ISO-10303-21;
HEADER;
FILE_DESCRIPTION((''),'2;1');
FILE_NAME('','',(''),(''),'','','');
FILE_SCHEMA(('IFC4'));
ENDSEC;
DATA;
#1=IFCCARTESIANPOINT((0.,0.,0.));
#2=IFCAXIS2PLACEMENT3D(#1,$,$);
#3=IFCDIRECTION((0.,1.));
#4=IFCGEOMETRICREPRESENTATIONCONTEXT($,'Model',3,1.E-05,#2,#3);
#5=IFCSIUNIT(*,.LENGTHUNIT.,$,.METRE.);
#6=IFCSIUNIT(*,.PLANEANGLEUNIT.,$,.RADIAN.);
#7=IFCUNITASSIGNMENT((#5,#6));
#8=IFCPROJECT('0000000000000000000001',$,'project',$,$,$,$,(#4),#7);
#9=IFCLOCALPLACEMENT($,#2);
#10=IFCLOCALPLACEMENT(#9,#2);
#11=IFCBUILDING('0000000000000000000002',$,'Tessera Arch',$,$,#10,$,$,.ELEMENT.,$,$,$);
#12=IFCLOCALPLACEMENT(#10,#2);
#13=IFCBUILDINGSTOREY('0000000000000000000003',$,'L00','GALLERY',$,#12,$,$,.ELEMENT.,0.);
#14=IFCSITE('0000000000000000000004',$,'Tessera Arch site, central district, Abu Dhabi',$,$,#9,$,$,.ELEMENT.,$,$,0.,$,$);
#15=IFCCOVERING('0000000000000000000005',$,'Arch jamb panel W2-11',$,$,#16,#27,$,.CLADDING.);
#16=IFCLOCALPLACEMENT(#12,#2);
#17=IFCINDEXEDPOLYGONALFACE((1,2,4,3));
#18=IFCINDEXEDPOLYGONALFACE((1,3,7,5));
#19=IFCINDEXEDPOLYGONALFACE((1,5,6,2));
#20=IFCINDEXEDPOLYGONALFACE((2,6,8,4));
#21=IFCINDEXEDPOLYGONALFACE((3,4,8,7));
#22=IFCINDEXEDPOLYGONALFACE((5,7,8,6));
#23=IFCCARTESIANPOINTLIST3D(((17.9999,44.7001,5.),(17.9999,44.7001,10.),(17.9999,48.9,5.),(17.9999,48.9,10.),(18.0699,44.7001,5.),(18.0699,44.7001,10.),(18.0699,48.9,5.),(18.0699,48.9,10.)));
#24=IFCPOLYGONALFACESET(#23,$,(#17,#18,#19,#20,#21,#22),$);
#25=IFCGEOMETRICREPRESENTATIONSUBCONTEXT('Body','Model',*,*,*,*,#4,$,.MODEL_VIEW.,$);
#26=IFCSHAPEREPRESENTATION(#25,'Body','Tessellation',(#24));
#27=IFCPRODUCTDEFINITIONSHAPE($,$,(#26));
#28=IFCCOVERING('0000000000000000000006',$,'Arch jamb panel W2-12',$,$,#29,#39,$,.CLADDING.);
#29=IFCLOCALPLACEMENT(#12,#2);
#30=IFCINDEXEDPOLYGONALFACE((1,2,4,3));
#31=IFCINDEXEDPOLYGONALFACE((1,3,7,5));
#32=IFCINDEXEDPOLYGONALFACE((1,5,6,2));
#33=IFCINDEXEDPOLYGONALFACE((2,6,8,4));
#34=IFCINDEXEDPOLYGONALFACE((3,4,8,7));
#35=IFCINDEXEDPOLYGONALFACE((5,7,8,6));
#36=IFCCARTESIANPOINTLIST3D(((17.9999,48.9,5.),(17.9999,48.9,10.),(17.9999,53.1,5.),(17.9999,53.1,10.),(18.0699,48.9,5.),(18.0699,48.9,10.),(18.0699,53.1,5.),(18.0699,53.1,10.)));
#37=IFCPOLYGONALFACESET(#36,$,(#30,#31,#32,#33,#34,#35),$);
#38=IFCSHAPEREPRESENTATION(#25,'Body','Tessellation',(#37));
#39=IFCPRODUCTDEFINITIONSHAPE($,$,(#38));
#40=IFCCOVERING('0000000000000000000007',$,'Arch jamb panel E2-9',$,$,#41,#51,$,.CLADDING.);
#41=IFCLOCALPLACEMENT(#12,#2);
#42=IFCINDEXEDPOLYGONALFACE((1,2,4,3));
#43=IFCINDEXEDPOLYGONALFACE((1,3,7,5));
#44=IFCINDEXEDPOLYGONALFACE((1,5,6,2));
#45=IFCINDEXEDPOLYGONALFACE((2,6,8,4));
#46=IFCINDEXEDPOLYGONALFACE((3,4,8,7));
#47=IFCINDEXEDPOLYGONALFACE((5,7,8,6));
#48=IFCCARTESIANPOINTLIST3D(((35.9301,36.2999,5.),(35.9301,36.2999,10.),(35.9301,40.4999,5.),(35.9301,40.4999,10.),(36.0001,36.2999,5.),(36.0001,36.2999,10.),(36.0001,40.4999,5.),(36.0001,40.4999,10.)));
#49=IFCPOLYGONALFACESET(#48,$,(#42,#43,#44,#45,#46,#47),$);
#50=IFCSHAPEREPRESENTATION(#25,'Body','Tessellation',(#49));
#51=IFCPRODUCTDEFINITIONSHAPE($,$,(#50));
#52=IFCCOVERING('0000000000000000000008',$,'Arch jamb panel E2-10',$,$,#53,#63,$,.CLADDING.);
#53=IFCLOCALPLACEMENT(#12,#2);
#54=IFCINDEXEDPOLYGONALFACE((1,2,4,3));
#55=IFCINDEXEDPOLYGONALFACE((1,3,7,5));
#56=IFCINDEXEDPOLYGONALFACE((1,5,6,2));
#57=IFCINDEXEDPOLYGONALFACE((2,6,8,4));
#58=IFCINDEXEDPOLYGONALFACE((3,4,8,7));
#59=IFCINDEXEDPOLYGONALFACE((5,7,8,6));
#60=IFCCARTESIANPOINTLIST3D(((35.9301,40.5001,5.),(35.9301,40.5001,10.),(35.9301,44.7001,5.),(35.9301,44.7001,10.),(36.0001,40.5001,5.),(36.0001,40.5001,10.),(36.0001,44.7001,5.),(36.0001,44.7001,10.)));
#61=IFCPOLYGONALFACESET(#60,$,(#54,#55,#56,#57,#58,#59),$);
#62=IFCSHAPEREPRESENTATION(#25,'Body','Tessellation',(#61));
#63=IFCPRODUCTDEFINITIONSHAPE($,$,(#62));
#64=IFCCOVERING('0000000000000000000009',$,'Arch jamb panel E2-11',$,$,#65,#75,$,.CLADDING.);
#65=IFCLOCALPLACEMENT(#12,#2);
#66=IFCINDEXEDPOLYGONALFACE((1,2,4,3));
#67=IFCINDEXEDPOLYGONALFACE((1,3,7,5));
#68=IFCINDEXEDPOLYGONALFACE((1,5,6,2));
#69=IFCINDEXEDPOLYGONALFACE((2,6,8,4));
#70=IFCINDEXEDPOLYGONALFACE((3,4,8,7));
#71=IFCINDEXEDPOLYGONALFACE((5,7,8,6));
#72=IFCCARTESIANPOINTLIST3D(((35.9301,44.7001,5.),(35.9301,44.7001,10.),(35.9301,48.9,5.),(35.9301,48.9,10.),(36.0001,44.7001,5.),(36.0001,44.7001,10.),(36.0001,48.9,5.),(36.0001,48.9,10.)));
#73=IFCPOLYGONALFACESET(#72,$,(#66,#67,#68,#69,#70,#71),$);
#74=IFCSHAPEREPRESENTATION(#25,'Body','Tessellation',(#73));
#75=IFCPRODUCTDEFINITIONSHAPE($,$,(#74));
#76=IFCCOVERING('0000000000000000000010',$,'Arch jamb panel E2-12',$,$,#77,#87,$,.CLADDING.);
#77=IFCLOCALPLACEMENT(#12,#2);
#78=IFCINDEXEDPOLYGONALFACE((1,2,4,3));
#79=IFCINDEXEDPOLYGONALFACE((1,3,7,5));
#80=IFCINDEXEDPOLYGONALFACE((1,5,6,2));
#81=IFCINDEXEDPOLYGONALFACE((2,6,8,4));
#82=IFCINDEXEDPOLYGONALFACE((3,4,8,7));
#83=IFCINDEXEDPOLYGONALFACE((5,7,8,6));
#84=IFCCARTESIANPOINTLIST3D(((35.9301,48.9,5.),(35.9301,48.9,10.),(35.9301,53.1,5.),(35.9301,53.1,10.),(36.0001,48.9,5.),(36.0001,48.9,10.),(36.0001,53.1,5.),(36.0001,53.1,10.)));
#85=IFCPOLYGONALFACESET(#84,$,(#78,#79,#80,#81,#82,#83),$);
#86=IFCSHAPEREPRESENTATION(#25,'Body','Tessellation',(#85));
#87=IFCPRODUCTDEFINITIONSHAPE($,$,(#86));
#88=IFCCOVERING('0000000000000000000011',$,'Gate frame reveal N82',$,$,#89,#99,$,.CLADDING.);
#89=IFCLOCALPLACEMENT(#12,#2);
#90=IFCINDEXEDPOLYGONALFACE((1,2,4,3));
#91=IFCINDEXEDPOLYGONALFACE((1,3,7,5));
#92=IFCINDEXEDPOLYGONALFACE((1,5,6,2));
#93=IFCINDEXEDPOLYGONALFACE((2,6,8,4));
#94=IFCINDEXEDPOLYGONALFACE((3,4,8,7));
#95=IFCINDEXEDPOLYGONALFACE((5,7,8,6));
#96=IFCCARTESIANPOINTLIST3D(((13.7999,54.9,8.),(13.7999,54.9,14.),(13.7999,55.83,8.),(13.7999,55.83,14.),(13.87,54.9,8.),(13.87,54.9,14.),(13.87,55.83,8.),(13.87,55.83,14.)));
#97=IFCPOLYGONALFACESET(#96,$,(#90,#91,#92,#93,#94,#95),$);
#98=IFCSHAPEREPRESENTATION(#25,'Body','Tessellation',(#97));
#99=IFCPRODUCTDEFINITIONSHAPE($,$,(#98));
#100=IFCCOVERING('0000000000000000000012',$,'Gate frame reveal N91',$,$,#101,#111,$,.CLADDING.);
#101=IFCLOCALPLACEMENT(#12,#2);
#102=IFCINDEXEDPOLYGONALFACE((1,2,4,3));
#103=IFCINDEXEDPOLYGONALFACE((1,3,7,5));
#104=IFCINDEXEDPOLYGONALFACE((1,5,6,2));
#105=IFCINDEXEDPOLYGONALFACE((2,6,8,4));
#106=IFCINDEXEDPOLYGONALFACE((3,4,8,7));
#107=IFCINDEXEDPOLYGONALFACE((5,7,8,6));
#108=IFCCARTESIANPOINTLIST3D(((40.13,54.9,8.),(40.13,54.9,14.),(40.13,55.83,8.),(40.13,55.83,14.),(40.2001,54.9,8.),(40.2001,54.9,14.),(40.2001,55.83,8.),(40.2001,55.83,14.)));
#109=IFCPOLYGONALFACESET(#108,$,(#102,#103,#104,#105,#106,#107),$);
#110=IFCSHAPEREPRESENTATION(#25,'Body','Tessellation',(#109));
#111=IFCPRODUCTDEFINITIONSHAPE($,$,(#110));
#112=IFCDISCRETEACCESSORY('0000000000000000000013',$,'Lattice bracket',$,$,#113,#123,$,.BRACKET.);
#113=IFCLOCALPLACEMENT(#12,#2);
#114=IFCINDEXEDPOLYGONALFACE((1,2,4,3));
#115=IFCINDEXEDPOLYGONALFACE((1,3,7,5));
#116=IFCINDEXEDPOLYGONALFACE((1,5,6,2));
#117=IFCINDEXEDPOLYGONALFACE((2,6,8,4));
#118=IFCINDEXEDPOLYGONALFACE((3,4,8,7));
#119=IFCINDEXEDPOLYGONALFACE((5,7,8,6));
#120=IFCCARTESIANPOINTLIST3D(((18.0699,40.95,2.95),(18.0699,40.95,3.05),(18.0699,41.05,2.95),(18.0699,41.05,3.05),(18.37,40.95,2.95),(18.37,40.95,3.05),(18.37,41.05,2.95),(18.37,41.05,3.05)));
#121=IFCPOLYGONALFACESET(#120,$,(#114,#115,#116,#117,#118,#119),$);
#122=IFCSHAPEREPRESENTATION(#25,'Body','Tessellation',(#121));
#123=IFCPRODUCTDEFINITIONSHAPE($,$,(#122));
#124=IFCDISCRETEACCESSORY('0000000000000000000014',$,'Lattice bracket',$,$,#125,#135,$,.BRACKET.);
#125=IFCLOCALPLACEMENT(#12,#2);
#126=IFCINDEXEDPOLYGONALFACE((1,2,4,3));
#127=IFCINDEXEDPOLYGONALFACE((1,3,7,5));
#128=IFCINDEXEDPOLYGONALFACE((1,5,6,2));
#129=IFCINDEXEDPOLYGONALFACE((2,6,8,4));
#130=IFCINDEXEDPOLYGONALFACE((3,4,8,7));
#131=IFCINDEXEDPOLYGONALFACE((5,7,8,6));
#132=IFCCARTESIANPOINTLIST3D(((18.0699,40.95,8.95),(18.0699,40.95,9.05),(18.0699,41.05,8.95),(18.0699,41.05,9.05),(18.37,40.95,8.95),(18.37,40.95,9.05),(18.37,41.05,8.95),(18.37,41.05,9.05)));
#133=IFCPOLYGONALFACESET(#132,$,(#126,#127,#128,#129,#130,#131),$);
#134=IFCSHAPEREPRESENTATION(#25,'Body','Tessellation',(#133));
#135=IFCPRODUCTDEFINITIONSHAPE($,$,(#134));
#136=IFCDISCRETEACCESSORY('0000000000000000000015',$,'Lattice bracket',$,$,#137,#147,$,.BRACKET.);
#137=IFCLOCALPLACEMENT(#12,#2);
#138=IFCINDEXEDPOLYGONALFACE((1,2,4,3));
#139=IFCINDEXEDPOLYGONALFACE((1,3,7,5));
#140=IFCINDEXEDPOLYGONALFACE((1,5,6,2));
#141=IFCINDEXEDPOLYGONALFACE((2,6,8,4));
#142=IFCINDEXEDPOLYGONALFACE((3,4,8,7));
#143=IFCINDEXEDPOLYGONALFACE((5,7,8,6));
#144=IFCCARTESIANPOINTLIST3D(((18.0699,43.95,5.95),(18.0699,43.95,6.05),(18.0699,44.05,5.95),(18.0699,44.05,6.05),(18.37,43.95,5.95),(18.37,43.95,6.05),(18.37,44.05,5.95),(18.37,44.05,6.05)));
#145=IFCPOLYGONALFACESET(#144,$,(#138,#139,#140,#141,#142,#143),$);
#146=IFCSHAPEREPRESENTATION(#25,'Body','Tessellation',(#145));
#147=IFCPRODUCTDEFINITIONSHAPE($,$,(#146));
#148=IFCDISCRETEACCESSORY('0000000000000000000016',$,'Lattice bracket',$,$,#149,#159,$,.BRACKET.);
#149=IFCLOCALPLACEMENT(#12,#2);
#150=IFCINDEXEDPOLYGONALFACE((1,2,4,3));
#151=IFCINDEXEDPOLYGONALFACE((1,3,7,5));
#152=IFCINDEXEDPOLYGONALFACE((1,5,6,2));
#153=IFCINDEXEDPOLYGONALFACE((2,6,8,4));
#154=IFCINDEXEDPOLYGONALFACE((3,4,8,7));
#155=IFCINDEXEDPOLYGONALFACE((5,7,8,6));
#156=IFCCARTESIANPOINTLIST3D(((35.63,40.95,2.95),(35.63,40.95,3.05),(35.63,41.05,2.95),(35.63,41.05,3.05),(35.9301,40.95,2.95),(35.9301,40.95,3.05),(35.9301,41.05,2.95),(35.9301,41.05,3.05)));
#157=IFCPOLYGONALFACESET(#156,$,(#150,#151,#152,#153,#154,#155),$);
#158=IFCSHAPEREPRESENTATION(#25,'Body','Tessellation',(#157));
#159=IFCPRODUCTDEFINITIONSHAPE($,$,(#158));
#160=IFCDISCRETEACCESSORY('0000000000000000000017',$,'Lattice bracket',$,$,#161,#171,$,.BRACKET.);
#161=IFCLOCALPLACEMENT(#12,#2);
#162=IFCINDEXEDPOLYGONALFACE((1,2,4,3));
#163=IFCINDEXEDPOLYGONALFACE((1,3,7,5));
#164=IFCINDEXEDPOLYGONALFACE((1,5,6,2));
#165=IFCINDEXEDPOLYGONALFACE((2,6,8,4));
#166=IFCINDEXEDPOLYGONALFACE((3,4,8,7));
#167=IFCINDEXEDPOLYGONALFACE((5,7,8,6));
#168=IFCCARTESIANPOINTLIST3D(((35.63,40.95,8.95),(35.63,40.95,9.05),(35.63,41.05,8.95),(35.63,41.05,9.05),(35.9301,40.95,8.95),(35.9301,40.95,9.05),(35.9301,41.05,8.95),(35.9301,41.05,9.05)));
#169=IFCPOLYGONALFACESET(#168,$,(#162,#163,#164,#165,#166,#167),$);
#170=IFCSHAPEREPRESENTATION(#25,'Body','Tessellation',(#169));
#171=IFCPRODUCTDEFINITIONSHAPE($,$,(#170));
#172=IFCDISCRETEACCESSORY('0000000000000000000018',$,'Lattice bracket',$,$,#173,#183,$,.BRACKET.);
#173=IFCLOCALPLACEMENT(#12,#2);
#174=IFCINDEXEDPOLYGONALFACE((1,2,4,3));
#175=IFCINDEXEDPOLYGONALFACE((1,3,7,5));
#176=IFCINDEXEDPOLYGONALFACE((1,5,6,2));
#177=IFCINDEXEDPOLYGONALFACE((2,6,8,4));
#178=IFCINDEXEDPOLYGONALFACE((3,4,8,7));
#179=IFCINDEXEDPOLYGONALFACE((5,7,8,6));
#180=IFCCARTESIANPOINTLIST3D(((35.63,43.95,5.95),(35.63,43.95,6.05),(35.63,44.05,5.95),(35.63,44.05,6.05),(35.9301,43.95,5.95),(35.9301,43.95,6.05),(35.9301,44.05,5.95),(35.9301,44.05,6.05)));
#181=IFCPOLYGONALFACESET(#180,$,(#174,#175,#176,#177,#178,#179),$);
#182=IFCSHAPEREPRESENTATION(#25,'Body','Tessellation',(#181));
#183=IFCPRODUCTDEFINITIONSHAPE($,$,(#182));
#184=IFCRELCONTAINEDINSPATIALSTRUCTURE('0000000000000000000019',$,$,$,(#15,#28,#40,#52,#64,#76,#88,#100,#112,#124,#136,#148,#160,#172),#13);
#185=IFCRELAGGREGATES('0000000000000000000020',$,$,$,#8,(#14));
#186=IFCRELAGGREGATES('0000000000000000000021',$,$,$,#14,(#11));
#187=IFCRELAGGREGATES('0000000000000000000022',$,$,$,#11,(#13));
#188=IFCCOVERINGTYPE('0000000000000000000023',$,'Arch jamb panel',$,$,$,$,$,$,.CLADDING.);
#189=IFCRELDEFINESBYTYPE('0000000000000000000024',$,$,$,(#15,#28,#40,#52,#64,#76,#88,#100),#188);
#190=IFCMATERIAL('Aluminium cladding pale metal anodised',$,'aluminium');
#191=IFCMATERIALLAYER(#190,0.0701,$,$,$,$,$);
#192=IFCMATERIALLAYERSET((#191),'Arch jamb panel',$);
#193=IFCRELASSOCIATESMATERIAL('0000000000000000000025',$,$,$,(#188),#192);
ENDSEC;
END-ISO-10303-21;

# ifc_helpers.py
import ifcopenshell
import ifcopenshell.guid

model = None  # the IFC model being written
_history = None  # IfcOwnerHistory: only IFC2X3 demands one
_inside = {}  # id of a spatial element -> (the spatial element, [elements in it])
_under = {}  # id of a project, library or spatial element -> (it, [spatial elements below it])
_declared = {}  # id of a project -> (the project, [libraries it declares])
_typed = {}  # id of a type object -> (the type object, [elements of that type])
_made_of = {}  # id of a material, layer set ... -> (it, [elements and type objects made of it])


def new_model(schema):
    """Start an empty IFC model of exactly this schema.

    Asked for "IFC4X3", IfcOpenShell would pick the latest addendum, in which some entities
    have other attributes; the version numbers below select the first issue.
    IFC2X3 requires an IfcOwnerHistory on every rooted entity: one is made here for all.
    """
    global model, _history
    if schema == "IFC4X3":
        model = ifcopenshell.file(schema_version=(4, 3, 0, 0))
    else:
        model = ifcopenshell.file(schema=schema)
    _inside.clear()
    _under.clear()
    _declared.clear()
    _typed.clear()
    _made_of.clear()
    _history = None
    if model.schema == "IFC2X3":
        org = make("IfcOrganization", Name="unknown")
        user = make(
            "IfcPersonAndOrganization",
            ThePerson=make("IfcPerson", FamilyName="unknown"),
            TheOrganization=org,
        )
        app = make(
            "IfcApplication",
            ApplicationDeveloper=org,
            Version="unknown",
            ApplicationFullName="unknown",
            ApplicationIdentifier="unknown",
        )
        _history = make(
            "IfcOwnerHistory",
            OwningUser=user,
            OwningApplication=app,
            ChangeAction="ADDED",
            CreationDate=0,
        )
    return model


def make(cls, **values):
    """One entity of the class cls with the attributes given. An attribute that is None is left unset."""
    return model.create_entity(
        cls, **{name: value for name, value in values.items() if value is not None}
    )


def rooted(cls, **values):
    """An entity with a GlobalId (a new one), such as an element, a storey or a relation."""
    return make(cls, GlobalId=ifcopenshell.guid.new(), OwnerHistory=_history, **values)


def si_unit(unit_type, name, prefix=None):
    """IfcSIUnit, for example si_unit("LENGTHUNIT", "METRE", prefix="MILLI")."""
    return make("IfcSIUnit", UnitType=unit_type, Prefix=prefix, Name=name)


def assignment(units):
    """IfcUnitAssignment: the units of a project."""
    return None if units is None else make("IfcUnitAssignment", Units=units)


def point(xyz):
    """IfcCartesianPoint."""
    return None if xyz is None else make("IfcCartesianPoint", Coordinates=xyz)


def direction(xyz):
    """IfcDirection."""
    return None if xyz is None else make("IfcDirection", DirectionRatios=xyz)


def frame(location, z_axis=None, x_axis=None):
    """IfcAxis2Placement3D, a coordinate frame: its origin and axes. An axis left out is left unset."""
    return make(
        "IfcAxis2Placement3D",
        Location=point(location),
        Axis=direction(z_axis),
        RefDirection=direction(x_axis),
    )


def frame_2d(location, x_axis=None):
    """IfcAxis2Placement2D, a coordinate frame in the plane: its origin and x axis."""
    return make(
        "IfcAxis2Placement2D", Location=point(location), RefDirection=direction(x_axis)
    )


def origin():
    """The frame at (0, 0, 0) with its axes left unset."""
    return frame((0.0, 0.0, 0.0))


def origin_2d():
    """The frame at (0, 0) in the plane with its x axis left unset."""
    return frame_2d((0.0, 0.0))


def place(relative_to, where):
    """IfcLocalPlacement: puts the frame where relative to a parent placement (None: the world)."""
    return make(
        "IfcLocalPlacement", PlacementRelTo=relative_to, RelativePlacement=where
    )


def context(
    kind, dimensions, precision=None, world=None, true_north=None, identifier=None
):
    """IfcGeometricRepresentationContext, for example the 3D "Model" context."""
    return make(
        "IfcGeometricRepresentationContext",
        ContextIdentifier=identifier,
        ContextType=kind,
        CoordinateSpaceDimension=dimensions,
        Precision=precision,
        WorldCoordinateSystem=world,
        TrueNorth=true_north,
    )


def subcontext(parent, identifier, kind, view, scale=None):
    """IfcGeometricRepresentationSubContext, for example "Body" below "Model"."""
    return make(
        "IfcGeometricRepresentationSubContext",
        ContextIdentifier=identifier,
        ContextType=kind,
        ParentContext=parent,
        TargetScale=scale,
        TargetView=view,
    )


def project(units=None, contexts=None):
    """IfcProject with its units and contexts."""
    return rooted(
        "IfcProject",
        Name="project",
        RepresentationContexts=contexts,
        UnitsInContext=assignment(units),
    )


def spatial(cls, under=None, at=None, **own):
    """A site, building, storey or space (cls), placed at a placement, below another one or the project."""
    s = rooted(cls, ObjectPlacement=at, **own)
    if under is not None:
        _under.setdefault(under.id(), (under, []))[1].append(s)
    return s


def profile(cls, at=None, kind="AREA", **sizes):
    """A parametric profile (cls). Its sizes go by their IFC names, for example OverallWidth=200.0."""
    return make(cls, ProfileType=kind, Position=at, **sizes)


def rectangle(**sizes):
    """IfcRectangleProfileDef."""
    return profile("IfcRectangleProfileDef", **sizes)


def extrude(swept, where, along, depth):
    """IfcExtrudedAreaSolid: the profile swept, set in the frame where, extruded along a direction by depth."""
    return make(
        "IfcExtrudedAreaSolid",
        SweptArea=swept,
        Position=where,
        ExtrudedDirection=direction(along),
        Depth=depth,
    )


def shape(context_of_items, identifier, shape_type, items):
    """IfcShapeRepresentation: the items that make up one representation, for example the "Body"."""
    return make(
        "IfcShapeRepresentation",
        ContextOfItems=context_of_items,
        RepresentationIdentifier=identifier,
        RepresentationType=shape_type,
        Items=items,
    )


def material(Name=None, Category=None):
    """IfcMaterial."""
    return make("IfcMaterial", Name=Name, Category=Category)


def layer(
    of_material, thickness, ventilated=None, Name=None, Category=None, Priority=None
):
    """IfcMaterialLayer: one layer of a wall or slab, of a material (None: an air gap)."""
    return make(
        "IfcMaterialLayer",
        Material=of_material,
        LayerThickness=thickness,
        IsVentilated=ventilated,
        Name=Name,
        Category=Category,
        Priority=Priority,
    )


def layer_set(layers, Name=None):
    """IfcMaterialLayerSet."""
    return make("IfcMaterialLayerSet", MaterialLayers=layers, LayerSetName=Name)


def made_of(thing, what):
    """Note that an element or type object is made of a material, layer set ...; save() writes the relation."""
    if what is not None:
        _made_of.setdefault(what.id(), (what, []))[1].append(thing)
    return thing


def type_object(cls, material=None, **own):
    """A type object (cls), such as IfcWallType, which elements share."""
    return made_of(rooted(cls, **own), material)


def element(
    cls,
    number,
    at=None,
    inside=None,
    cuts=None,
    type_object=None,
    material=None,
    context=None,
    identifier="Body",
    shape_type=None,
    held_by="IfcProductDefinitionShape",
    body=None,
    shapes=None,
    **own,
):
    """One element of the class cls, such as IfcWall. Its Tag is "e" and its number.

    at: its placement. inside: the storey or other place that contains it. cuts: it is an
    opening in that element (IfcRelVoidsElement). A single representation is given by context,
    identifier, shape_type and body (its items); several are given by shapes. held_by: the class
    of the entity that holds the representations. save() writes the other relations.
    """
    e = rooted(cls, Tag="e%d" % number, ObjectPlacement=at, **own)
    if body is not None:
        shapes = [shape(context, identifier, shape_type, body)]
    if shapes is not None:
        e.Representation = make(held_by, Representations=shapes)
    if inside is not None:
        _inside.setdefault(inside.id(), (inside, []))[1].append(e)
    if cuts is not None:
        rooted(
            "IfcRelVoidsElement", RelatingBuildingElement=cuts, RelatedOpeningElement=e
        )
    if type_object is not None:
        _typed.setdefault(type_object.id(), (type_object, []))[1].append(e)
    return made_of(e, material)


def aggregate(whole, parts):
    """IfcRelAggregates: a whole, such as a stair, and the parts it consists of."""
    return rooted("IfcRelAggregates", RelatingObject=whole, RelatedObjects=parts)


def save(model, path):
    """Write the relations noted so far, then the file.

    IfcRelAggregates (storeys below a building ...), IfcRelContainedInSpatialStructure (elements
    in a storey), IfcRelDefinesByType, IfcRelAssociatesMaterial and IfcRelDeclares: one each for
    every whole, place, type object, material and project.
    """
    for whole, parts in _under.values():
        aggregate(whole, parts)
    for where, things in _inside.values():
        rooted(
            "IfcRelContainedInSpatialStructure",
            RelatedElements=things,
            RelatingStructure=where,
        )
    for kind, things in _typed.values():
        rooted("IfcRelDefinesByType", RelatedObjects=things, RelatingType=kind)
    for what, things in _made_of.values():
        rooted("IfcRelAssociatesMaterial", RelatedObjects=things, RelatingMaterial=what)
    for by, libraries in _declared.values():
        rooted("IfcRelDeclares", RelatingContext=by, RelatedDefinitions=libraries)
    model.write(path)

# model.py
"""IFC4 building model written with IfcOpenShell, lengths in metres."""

from ifc_helpers import new_model, si_unit, direction, frame, origin, origin_2d, place, context, subcontext, project, spatial, rectangle, extrude, material, layer, layer_set, type_object, element, save


model = new_model("IFC4")

# Units and contexts
model_context = context("Model", 3, precision=1e-05, world=origin(), true_north=direction((0.0, 1.0)))
body_context = subcontext(model_context, "Body", "Model", "MODEL_VIEW")
ifc_project = project(units=[si_unit("LENGTHUNIT", "METRE"), si_unit("PLANEANGLEUNIT", "RADIAN")], contexts=[model_context])

# Site, building, storey
site_placement = place(None, origin())
site = spatial("IfcSite", under=ifc_project, at=site_placement, Name="Tessera Arch site, central district, Abu Dhabi", CompositionType="ELEMENT", RefElevation=0.0)
building_placement = place(site_placement, origin())
building = spatial("IfcBuilding", under=site, at=building_placement, Name="Tessera Arch", CompositionType="ELEMENT")
storey_placement = place(building_placement, origin())
storey = spatial("IfcBuildingStorey", under=building, at=storey_placement, Name="L00", Description="GALLERY", CompositionType="ELEMENT", Elevation=0.0)

# Coverings
ifc_material_1 = material(Name="Aluminium cladding pale metal anodised", Category="aluminium")
ifc_layer = layer(ifc_material_1, 0.0701)
ifc_layer_set = layer_set([ifc_layer], Name="Arch jamb panel")
covering_type = type_object("IfcCoveringType", Name="Arch jamb panel", PredefinedType="CLADDING", material=ifc_layer_set)
for number, where, z_axis, x_axis, name in (
    (1, (18.0349, 46.8, 5.0), (0.0, 0.0, 1.0), (1.0, 0.0, 0.0), "Arch jamb panel W2-11"),
    (2, (18.0349, 51.0, 5.0), (0.0, 0.0, 1.0), (1.0, 0.0, 0.0), "Arch jamb panel W2-12"),
    (3, (35.9651, 38.3999, 5.0), (0.0, 0.0, 1.0), (1.0, 0.0, 0.0), "Arch jamb panel E2-9"),
    (4, (35.9651, 42.6001, 5.0), (0.0, 0.0, 1.0), (1.0, 0.0, 0.0), "Arch jamb panel E2-10"),
    (5, (35.9651, 46.8, 5.0), (0.0, 0.0, 1.0), (1.0, 0.0, 0.0), "Arch jamb panel E2-11"),
    (6, (35.9651, 51.0, 5.0), (0.0, 0.0, 1.0), (1.0, 0.0, 0.0), "Arch jamb panel E2-12"),
):
    element("IfcCovering", number, at=place(storey_placement, frame(where, z_axis=z_axis, x_axis=x_axis)), inside=storey, type_object=covering_type, Name=name, PredefinedType="CLADDING", context=body_context, shape_type="SweptSolid", body=[
        extrude(rectangle(XDim=0.0701, YDim=4.2, at=origin_2d()), origin(), (0.0, 0.0, 1.0), 5.0),
    ])
for number, where, z_axis, x_axis, name in (
    (7, (13.835, 55.365, 8.0), (0.0, 0.0, 1.0), (1.0, 0.0, 0.0), "Gate frame reveal N82"),
    (8, (40.165, 55.365, 8.0), (0.0, 0.0, 1.0), (1.0, 0.0, 0.0), "Gate frame reveal N91"),
):
    element("IfcCovering", number, at=place(storey_placement, frame(where, z_axis=z_axis, x_axis=x_axis)), inside=storey, type_object=covering_type, Name=name, PredefinedType="CLADDING", context=body_context, shape_type="SweptSolid", body=[
        extrude(rectangle(XDim=0.0701, YDim=0.9299, at=origin_2d()), origin(), (0.0, 0.0, 1.0), 6.0),
    ])

# Discrete accessories
for number, where, z_axis, x_axis, name in (
    (9, (18.22, 41.0, 2.95), (0.0, 0.0, 1.0), (1.0, 0.0, 0.0), "Lattice bracket"),
    (10, (18.22, 41.0, 8.95), (0.0, 0.0, 1.0), (1.0, 0.0, 0.0), "Lattice bracket"),
    (11, (18.22, 44.0, 5.95), (0.0, 0.0, 1.0), (1.0, 0.0, 0.0), "Lattice bracket"),
    (12, (35.78, 41.0, 2.95), (0.0, 0.0, 1.0), (-1.0, 0.0, 0.0), "Lattice bracket"),
    (13, (35.78, 41.0, 8.95), (0.0, 0.0, 1.0), (-1.0, 0.0, 0.0), "Lattice bracket"),
    (14, (35.78, 44.0, 5.95), (0.0, 0.0, 1.0), (-1.0, 0.0, 0.0), "Lattice bracket"),
):
    element("IfcDiscreteAccessory", number, at=place(storey_placement, frame(where, z_axis=z_axis, x_axis=x_axis)), inside=storey, Name=name, PredefinedType="BRACKET", context=body_context, shape_type="SweptSolid", body=[
        extrude(rectangle(XDim=0.3, YDim=0.1001, at=origin_2d()), origin(), (0.0, 0.0, 1.0), 0.1001),
    ])

save(model, "model.ifc")
